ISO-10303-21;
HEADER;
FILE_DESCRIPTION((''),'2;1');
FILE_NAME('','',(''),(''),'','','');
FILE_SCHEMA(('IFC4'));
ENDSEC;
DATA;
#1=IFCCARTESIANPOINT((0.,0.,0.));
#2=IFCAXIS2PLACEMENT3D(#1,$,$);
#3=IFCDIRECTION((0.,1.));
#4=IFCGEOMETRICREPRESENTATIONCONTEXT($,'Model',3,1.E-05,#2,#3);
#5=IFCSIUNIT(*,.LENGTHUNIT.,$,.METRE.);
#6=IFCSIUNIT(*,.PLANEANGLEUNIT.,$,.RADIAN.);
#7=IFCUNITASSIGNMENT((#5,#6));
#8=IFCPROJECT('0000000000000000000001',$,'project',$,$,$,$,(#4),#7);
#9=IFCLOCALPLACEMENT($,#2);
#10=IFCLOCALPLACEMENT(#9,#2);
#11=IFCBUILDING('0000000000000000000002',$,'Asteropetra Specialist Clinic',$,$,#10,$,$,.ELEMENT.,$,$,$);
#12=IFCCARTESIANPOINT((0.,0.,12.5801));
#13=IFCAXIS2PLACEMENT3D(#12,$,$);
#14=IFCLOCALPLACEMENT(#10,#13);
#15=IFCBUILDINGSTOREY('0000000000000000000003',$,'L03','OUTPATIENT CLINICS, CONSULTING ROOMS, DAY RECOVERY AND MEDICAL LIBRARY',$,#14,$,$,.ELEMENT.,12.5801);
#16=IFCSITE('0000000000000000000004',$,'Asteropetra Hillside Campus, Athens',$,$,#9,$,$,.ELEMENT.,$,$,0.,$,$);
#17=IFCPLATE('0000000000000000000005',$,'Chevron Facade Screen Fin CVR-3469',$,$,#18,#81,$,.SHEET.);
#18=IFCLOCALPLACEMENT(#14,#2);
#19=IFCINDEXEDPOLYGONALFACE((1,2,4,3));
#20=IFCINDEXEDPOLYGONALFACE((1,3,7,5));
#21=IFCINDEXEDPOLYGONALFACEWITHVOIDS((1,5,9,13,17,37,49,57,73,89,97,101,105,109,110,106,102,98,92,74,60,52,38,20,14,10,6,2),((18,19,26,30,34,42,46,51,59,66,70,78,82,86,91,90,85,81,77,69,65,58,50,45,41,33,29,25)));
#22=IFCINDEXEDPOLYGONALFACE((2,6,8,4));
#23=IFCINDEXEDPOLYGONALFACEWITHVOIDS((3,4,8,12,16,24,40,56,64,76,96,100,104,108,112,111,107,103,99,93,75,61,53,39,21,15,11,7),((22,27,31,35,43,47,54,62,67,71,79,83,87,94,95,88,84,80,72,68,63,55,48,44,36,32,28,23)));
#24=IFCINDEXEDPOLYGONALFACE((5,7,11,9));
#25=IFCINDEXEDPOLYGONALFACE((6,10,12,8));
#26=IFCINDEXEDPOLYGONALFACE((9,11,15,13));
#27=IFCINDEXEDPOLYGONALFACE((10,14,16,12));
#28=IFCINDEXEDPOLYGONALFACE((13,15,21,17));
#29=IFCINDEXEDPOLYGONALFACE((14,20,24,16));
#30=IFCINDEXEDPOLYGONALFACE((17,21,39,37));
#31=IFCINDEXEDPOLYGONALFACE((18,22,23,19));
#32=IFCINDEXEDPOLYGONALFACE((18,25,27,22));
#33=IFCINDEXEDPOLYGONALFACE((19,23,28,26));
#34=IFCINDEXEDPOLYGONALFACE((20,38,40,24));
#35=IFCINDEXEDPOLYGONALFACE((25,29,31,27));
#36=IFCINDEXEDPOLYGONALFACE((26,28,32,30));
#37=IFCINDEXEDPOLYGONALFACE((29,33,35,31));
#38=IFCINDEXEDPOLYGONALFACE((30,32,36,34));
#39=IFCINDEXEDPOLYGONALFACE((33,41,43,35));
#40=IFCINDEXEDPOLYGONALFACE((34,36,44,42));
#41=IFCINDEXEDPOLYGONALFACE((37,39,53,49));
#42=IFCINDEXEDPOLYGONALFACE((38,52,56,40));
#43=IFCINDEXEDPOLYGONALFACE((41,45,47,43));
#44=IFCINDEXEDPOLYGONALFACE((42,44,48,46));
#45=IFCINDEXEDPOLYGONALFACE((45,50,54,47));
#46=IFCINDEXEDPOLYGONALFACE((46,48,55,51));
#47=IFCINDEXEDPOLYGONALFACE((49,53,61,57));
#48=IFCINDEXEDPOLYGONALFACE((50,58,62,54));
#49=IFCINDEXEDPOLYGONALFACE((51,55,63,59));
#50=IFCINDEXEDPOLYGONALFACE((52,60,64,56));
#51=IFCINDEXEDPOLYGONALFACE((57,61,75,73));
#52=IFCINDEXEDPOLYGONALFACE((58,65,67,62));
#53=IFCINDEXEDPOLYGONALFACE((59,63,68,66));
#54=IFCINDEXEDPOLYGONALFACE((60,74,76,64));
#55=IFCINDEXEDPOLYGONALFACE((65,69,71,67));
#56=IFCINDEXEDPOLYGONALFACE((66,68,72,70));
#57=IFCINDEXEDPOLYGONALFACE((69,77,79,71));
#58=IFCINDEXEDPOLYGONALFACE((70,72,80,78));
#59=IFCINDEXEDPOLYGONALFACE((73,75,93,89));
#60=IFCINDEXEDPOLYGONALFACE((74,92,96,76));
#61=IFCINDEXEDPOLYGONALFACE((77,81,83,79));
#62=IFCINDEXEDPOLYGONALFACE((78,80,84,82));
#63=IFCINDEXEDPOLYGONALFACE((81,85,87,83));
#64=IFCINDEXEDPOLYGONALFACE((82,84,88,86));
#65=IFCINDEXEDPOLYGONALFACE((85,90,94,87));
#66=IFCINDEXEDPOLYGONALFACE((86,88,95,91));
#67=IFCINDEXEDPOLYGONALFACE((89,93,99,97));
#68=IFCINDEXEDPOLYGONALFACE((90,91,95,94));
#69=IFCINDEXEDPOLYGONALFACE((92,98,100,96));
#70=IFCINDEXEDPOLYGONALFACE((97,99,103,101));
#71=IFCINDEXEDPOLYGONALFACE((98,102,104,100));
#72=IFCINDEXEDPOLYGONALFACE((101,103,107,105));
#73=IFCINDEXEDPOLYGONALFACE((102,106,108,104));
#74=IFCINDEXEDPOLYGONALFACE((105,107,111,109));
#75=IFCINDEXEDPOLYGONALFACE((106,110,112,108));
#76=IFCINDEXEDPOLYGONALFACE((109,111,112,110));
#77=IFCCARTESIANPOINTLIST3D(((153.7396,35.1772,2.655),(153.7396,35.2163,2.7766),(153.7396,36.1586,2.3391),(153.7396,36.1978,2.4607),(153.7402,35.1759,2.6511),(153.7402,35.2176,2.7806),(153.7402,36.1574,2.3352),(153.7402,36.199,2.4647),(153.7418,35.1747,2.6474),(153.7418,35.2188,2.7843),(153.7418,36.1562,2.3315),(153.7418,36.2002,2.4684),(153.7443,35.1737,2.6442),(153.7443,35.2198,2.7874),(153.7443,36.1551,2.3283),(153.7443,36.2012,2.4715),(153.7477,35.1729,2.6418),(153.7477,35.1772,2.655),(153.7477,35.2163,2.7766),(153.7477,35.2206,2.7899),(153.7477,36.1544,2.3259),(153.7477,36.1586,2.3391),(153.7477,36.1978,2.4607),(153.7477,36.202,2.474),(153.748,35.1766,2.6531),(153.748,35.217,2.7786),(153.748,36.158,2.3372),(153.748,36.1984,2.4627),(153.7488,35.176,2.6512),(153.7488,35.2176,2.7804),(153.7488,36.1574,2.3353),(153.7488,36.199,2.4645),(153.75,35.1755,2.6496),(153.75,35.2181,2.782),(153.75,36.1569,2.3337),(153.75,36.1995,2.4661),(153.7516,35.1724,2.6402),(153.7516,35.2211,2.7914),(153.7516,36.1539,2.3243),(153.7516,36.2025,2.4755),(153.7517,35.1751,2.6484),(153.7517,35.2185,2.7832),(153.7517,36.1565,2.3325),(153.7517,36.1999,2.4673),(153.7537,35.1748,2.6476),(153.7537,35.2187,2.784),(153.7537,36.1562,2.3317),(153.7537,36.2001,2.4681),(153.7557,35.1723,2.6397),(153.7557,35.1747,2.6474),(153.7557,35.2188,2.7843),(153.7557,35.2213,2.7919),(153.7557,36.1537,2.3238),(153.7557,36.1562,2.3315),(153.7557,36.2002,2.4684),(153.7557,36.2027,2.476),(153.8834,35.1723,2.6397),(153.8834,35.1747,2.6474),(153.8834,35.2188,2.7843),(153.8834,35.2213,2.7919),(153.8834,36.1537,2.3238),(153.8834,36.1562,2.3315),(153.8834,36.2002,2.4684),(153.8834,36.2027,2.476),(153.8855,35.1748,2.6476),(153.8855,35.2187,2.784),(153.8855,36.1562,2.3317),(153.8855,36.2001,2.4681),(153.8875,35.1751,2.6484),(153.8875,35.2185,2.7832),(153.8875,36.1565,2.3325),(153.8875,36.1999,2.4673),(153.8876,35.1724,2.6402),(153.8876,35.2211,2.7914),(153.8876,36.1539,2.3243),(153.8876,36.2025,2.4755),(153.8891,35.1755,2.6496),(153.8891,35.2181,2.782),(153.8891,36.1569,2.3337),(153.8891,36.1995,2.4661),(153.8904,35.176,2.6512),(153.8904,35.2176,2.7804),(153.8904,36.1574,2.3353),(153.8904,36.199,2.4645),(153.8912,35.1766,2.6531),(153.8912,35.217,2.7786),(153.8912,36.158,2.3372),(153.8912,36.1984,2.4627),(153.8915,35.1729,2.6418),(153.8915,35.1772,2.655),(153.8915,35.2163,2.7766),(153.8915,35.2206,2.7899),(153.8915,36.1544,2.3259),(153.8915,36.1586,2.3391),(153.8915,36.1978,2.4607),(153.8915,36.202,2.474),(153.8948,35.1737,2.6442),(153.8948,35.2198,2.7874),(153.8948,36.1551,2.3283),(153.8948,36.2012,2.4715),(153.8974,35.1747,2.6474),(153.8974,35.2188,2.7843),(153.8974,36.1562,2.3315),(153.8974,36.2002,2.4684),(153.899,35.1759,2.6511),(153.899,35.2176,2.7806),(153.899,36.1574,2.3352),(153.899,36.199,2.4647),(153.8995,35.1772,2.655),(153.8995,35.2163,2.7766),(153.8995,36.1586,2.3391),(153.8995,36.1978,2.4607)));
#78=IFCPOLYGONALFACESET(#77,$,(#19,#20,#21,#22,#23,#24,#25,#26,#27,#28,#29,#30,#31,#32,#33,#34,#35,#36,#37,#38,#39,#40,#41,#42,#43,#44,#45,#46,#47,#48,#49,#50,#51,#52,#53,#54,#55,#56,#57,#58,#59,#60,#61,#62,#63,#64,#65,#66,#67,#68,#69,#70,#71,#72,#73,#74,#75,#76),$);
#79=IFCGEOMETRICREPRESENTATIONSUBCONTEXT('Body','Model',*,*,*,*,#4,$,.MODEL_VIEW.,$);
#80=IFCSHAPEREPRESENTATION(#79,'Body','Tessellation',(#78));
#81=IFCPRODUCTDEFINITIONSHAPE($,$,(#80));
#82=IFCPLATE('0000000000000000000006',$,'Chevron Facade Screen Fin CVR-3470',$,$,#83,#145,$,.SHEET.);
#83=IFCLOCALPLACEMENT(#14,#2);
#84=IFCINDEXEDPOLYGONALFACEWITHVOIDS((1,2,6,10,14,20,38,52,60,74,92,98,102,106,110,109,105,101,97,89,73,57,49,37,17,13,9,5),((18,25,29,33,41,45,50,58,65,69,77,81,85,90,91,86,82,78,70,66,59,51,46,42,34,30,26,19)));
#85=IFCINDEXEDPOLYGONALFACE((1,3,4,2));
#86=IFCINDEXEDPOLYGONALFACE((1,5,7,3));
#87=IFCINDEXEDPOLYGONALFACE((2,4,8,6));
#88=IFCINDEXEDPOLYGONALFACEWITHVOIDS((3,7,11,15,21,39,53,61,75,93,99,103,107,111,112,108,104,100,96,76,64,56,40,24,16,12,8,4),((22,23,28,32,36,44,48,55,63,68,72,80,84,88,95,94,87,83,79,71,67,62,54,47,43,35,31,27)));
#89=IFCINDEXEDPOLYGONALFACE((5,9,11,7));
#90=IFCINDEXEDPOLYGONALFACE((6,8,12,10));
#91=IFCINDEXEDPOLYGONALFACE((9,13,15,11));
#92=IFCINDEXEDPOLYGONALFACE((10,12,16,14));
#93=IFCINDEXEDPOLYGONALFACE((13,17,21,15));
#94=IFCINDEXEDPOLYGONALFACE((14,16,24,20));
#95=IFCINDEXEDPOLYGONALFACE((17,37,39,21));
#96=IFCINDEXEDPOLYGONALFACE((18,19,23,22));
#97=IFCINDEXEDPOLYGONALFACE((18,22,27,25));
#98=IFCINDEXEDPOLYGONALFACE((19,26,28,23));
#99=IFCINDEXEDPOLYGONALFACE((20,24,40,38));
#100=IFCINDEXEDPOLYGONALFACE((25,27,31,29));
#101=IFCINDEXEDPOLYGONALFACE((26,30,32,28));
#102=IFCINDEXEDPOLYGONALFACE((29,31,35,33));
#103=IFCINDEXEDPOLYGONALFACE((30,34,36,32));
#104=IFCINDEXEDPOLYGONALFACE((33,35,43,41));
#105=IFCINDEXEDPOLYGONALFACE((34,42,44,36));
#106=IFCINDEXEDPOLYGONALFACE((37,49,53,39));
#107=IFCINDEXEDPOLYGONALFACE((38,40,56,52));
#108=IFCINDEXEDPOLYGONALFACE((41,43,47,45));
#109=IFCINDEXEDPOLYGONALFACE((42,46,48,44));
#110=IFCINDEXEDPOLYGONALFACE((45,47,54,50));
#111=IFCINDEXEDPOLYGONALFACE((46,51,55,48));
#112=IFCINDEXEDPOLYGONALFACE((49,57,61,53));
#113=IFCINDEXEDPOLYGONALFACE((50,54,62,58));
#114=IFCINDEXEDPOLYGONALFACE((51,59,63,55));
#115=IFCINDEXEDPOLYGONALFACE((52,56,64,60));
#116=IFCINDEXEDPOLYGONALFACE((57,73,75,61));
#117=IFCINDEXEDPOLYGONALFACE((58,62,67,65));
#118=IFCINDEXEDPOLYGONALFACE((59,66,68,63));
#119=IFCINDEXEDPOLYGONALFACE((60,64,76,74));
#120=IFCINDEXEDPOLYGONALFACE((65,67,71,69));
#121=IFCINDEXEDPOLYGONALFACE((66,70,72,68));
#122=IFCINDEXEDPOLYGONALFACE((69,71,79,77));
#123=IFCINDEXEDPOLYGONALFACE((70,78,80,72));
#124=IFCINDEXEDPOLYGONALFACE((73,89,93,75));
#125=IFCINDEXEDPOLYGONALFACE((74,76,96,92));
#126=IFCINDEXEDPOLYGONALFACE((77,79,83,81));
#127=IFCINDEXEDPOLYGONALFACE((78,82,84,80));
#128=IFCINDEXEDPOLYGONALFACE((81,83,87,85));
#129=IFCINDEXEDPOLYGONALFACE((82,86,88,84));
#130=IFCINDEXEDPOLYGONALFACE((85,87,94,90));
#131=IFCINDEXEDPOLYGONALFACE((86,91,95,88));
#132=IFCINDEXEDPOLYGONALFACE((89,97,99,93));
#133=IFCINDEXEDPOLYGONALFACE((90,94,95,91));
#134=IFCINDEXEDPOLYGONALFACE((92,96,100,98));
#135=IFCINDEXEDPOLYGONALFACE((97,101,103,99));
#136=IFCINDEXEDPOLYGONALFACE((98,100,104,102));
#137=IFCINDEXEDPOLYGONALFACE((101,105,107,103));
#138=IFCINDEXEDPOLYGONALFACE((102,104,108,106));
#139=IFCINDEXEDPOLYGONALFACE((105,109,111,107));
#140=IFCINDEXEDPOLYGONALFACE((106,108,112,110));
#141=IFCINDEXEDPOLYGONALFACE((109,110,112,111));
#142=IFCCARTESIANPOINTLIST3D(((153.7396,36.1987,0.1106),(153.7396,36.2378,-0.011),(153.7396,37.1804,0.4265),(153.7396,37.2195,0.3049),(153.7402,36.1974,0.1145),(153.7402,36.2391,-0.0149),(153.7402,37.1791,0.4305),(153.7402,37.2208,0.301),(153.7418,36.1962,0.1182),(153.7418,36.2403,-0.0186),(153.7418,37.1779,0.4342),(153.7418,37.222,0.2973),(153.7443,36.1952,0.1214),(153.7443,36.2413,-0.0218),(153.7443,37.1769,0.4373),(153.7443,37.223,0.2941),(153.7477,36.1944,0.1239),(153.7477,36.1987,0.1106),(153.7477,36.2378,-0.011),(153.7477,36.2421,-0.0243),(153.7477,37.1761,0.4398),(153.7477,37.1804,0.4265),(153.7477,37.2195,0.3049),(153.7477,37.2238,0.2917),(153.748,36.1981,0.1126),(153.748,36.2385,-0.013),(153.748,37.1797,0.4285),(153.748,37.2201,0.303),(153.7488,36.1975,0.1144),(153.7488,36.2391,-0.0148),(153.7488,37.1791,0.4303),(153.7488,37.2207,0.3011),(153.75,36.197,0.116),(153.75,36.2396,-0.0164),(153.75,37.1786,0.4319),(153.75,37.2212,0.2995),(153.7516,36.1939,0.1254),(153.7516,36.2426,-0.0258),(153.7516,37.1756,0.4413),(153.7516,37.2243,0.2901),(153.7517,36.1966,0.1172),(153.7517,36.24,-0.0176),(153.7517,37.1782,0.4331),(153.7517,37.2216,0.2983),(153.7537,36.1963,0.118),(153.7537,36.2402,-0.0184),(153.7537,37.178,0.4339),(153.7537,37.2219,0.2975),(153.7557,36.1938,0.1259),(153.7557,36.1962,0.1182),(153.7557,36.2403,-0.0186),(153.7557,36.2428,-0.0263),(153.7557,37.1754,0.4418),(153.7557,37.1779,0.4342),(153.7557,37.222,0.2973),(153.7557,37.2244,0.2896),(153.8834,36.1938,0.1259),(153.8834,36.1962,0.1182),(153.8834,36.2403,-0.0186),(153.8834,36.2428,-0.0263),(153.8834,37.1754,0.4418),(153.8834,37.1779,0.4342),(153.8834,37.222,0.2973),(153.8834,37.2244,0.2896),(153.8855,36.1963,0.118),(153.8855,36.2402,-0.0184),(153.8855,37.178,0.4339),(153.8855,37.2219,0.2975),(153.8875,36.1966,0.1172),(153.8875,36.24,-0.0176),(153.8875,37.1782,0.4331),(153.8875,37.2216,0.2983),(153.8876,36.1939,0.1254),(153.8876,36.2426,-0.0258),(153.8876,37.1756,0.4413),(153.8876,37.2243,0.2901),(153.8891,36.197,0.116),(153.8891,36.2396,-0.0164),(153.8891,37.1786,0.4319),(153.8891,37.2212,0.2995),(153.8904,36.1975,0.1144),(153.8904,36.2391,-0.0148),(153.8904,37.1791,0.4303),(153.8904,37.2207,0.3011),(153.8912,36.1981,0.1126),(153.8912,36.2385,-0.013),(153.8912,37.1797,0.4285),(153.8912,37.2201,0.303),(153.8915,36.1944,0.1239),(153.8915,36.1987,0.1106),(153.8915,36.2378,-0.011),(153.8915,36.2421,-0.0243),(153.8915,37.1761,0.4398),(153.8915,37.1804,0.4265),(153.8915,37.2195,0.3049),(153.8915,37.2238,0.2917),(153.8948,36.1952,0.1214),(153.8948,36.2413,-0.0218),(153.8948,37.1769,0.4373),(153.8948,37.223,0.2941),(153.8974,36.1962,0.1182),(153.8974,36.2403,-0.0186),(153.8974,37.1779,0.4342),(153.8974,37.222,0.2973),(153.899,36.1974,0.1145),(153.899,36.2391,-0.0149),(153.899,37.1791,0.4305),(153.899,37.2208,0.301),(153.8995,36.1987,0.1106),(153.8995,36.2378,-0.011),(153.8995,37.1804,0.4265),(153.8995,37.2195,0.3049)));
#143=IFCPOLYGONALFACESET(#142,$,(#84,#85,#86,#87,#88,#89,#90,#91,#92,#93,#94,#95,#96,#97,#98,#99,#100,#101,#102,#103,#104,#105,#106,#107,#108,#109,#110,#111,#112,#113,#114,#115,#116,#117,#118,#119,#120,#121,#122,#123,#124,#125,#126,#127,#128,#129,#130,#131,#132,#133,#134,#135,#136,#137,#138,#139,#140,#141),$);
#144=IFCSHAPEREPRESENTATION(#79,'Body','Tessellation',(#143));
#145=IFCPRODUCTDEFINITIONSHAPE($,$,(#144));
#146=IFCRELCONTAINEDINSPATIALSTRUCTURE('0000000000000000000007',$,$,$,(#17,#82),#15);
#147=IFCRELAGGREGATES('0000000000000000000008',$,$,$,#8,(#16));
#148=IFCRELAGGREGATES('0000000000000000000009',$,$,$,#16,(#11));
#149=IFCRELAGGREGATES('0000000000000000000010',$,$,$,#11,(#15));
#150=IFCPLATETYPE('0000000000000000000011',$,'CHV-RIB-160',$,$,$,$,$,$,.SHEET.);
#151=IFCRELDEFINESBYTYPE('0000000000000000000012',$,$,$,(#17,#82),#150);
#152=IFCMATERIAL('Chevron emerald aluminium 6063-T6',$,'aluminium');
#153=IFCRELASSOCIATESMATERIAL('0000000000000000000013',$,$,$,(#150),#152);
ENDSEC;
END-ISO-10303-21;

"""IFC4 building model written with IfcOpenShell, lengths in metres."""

from ifc_helpers import new_model, si_unit, direction, frame, origin, origin_2d, place, context, subcontext, project, spatial, hollow_rectangle, extrude, material, material_profile, profile_set, type_object, element, save


model = new_model("IFC4")

# Units and contexts
model_context = context("Model", 3, precision=1e-05, world=origin(), true_north=direction((0.0, 1.0)))
body_context = subcontext(model_context, "Body", "Model", "MODEL_VIEW")
ifc_project = project(units=[si_unit("LENGTHUNIT", "METRE"), si_unit("PLANEANGLEUNIT", "RADIAN")], contexts=[model_context])

# Site, building, storey
site_placement = place(None, origin())
site = spatial("IfcSite", under=ifc_project, at=site_placement, Name="Asteropetra Hillside Campus, Athens", CompositionType="ELEMENT", RefElevation=0.0)
building_placement = place(site_placement, origin())
building = spatial("IfcBuilding", under=site, at=building_placement, Name="Asteropetra Specialist Clinic", CompositionType="ELEMENT")
storey_placement = place(building_placement, frame((0.0, 0.0, 12.5801)))
storey = spatial("IfcBuildingStorey", under=building, at=storey_placement, Name="L03", Description="OUTPATIENT CLINICS, CONSULTING ROOMS, DAY RECOVERY AND MEDICAL LIBRARY", CompositionType="ELEMENT", Elevation=12.5801)

# Plates
ifc_material_1 = material(Name="Chevron emerald aluminium 6063-T6", Category="aluminium")
ifc_material_profile = material_profile(ifc_material_1, hollow_rectangle(XDim=0.1599, YDim=0.1599, WallThickness=0.0081, InnerFilletRadius=0.0081, OuterFilletRadius=0.0161, at=origin_2d()), Name="SHS 160x160x8.0")
ifc_profile_set = profile_set([ifc_material_profile], Name="Chevron emerald aluminium 6063-T6")
plate_type_1 = type_object("IfcPlateType", Name="CHV-RIB-160", PredefinedType="SHEET", material=ifc_profile_set)
plate_placement = place(storey_placement, frame((153.8196, 35.1968, 2.7158), z_axis=(0.0, 0.9519, -0.306408), x_axis=(-1.0, 0.0, 0.0)))
element("IfcPlate", 1, at=plate_placement, inside=storey, type_object=plate_type_1, Name="Chevron Facade Screen Fin CVR-3469", PredefinedType="SHEET", context=body_context, shape_type="SweptSolid", body=[
    extrude(hollow_rectangle(XDim=0.1599, YDim=0.1599, WallThickness=0.0081, InnerFilletRadius=0.0081, OuterFilletRadius=0.0161, at=origin_2d()), origin(), (0.0, 0.0, 1.0), 1.031),
])
for number, where, z_axis, x_axis, name in (
    (2, (153.8196, 36.2183, 0.0498), (0.0, 0.951923, 0.306339), (-1.0, 0.0, 0.0), "Chevron Facade Screen Fin CVR-3470"),
):
    element("IfcPlate", number, at=place(storey_placement, frame(where, z_axis=z_axis, x_axis=x_axis)), inside=storey, type_object=plate_type_1, Name=name, PredefinedType="SHEET", context=body_context, shape_type="SweptSolid", body=[
        extrude(hollow_rectangle(XDim=0.1599, YDim=0.1599, WallThickness=0.0081, InnerFilletRadius=0.0081, OuterFilletRadius=0.0161, at=origin_2d()), origin(), (0.0, 0.0, 1.0), 1.0312),
    ])

save(model, "model.ifc")
